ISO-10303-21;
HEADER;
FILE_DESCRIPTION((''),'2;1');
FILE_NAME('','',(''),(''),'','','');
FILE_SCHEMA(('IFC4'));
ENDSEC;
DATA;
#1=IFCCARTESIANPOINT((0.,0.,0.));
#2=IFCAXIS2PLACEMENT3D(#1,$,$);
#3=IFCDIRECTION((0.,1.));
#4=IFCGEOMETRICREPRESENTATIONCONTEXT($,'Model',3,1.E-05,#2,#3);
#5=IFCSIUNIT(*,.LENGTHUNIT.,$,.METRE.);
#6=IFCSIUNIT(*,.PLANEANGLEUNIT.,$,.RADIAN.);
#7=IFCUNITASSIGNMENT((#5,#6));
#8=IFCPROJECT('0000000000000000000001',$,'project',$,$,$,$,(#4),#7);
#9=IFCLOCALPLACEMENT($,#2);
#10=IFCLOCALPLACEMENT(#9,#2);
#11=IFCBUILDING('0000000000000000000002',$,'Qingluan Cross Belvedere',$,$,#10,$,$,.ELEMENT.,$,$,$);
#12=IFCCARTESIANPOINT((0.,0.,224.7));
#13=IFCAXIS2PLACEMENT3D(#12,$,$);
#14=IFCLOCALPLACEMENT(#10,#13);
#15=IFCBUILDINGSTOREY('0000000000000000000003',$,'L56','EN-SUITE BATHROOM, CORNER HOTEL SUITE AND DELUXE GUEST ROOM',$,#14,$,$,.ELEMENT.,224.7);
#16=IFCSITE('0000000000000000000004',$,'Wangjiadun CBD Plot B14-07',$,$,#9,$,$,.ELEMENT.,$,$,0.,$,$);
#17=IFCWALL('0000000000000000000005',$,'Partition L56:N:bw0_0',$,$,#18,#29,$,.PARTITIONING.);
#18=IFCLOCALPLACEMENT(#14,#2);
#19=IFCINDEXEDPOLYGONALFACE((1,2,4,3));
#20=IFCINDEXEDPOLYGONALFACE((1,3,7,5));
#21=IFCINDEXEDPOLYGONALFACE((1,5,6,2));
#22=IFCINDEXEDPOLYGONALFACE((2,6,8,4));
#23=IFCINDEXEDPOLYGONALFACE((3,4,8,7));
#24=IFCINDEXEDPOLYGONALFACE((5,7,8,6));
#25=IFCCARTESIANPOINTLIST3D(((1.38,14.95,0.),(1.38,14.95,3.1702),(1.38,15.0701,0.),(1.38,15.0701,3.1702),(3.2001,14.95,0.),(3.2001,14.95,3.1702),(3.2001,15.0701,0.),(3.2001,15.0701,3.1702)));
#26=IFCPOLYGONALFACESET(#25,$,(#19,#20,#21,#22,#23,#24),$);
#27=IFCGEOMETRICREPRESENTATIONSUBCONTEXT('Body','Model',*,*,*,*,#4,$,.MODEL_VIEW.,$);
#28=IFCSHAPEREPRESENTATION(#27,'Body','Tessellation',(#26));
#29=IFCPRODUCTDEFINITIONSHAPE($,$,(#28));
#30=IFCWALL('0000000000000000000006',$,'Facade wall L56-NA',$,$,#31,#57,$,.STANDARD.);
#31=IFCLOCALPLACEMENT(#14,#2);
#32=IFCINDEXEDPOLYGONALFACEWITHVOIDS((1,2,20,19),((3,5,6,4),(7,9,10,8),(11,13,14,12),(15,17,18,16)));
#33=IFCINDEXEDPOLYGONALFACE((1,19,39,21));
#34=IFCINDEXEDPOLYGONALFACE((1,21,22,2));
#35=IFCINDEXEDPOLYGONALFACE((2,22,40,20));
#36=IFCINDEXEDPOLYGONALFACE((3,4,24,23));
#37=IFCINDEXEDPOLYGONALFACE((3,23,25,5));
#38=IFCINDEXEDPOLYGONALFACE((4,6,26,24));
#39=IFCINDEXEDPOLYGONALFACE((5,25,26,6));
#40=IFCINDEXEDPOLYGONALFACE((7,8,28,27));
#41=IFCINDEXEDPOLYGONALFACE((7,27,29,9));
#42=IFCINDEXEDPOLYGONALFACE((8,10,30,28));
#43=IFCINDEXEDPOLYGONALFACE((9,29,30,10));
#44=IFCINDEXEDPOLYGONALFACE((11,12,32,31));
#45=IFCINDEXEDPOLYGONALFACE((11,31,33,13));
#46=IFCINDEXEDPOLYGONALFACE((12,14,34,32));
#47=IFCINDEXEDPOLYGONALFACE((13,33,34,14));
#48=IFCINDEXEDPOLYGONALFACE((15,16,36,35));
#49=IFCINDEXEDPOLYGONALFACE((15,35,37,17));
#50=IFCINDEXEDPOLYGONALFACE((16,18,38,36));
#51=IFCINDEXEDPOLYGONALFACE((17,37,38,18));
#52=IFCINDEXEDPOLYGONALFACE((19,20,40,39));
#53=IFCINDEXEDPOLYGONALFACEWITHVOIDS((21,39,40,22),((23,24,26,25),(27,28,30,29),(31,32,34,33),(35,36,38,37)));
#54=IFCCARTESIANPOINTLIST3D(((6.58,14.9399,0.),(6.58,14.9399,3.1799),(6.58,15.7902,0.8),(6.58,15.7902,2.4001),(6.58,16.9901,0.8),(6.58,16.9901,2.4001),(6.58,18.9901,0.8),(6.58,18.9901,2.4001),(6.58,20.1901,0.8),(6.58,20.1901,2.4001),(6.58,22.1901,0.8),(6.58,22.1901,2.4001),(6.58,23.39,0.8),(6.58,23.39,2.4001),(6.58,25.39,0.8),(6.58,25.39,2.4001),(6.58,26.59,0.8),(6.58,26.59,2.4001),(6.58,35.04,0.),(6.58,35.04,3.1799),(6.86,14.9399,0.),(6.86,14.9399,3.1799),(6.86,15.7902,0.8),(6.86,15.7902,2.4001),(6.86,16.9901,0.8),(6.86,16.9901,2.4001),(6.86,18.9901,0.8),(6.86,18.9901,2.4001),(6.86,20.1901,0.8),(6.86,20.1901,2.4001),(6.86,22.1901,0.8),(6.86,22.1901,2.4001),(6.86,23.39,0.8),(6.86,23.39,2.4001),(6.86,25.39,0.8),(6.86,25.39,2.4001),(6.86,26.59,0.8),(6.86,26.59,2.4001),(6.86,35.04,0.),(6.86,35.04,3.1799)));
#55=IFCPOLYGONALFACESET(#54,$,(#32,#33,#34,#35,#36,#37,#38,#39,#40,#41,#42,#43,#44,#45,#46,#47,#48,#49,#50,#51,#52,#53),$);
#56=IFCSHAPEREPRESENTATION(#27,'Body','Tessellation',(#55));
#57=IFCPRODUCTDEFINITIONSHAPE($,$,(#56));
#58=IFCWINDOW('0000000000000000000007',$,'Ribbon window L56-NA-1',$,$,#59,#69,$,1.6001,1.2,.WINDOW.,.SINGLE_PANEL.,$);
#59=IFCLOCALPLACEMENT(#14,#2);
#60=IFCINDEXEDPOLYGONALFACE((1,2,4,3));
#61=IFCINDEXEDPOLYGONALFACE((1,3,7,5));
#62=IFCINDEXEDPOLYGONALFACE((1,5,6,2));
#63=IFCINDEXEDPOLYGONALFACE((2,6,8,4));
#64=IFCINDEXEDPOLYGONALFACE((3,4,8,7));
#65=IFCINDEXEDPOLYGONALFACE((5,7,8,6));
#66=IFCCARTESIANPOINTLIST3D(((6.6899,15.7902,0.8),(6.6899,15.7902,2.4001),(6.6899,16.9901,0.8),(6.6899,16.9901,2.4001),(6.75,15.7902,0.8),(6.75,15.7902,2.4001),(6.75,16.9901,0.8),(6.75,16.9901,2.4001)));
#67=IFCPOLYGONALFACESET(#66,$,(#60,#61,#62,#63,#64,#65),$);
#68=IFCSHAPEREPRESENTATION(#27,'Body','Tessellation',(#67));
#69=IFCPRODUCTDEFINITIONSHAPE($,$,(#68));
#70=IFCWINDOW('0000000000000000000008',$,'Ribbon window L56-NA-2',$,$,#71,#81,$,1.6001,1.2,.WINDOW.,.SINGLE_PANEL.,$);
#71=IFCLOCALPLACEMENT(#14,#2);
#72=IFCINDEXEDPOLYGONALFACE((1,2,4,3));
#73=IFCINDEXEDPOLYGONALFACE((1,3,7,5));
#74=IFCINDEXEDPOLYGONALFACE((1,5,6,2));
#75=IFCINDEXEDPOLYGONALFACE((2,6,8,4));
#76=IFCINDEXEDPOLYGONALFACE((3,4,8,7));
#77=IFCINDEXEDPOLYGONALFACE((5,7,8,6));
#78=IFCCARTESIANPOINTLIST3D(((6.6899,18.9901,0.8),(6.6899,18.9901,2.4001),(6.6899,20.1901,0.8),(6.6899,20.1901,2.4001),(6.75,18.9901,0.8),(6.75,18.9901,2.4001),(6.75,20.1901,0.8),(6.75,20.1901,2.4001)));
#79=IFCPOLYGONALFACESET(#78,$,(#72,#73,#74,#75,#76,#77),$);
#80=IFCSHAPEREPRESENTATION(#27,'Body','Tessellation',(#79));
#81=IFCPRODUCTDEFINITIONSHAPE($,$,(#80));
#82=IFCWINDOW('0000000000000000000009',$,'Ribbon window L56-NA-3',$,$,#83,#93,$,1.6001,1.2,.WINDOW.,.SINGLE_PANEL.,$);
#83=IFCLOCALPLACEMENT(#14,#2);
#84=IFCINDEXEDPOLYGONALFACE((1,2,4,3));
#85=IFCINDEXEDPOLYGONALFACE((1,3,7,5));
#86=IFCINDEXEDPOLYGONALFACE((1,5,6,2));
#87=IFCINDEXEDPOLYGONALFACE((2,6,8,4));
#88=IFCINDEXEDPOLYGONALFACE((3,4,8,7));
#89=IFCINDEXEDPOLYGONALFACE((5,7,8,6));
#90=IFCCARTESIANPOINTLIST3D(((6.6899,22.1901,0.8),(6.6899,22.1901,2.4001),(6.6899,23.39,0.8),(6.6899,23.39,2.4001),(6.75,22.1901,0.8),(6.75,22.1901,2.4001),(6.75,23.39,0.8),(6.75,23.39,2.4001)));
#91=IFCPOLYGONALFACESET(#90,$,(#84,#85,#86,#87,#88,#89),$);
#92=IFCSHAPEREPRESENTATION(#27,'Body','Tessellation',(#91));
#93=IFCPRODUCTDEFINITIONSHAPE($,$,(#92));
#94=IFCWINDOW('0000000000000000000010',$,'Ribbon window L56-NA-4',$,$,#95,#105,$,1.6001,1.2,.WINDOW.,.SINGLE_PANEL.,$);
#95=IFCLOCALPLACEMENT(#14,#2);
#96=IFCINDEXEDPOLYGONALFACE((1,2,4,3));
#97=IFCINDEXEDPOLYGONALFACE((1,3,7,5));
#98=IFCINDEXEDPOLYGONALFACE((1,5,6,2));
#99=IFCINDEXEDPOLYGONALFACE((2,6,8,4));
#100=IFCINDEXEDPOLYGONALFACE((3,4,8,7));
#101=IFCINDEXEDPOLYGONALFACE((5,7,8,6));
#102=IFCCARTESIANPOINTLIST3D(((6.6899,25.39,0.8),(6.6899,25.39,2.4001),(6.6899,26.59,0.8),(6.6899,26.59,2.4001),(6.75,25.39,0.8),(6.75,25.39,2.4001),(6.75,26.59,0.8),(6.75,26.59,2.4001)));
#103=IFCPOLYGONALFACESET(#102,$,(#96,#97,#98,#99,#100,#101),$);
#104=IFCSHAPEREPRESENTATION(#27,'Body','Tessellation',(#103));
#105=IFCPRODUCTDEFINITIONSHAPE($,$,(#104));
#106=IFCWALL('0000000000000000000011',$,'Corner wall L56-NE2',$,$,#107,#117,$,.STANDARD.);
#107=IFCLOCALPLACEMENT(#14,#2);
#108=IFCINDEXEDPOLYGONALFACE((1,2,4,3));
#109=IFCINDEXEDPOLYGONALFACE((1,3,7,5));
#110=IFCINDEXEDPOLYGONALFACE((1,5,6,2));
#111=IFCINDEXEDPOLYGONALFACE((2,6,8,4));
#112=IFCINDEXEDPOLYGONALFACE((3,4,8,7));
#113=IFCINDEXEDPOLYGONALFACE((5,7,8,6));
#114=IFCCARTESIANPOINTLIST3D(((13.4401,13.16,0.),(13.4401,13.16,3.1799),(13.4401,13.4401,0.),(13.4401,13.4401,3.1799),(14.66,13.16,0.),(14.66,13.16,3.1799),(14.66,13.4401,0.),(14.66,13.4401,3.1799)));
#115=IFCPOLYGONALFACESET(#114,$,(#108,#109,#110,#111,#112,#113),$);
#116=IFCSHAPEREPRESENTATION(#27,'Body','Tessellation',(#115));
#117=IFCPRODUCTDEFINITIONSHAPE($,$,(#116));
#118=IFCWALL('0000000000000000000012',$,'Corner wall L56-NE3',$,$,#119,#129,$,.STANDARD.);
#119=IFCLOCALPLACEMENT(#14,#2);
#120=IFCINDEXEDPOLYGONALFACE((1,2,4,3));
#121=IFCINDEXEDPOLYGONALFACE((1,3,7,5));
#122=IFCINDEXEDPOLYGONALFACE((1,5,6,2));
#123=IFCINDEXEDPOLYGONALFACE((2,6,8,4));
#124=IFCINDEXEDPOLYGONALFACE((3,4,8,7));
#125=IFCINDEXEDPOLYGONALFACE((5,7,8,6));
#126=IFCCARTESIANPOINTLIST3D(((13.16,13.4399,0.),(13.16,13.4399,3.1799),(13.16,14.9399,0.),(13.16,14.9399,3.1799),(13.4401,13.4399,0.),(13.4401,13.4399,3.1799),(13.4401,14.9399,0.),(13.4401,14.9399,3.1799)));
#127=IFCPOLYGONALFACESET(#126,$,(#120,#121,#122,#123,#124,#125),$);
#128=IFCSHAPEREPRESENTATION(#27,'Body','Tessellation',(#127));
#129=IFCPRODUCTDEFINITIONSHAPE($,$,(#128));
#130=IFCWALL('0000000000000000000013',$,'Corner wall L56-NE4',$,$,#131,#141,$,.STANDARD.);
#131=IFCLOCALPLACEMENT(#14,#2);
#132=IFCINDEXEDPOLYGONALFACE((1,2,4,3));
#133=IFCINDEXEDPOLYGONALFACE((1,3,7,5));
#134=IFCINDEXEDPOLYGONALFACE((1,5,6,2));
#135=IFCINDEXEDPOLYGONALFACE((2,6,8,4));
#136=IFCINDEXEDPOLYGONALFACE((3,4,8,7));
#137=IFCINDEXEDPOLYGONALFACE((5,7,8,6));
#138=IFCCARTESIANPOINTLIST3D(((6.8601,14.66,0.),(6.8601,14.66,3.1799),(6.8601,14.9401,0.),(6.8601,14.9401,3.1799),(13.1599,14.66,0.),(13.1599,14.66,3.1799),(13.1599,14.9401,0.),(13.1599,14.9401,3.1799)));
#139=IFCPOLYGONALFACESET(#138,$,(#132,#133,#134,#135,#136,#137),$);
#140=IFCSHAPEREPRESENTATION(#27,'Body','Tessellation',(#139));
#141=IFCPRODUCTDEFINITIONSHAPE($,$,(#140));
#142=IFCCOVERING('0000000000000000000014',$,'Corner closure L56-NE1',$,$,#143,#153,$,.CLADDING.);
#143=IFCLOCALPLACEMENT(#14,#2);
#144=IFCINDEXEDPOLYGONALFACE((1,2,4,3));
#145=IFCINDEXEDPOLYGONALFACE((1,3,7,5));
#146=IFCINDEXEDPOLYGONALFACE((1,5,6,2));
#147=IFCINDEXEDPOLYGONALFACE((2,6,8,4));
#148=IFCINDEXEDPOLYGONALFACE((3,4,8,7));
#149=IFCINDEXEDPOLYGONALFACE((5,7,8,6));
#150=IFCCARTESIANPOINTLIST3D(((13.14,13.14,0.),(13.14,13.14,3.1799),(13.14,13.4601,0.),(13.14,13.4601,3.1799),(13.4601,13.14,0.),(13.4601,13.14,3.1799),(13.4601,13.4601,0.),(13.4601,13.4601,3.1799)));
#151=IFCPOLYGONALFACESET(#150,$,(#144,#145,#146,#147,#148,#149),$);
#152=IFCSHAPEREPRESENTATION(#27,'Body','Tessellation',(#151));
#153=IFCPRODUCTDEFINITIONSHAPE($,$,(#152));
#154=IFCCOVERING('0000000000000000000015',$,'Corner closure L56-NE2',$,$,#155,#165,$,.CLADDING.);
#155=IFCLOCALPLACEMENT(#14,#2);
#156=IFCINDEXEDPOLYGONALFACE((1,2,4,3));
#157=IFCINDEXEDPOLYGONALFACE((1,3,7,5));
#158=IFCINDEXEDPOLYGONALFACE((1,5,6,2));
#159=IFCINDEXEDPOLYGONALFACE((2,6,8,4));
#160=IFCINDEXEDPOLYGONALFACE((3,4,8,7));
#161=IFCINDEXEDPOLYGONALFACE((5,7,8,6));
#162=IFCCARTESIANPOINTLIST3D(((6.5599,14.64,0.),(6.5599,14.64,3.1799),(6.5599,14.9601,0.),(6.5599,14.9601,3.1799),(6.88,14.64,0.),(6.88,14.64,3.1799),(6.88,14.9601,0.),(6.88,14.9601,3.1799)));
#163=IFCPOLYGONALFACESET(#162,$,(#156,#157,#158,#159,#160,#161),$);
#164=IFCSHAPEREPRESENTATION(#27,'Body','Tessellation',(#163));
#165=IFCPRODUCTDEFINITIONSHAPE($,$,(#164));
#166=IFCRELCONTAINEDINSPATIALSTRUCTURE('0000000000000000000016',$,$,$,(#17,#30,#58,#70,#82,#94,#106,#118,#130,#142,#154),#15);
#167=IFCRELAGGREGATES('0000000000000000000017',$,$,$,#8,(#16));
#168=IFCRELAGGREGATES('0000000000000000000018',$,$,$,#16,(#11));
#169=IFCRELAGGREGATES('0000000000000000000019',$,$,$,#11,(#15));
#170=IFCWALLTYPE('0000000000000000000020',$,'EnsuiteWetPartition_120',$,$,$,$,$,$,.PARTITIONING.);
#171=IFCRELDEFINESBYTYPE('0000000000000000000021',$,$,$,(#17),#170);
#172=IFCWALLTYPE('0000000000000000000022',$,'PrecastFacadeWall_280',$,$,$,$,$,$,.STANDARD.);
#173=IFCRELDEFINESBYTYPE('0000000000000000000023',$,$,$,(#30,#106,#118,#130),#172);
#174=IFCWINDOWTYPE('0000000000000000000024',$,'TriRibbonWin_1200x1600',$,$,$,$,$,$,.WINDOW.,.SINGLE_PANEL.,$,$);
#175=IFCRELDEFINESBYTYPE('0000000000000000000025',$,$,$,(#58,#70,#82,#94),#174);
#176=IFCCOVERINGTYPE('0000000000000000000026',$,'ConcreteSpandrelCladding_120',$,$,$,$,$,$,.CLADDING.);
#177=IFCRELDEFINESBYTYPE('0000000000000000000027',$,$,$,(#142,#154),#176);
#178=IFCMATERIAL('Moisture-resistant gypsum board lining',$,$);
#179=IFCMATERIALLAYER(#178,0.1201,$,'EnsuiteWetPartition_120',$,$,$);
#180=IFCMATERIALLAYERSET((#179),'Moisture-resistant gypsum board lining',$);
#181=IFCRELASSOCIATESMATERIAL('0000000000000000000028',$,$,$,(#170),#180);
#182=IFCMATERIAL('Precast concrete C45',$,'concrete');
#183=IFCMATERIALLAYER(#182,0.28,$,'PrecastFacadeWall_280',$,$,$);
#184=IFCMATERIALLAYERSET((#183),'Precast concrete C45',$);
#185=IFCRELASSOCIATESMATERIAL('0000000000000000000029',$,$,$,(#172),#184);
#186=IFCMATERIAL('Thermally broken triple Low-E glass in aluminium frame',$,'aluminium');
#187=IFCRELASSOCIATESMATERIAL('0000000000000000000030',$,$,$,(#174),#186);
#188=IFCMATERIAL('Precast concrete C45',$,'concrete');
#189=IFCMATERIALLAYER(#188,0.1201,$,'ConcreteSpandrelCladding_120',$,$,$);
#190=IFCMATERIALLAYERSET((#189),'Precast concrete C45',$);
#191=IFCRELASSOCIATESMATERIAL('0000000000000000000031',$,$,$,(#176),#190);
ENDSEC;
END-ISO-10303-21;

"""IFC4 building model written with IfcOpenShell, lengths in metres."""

from ifc_helpers import new_model, si_unit, direction, frame, frame_2d, origin, origin_2d, place, context, subcontext, project, spatial, rectangle, extrude, material, layer, layer_set, type_object, element, fill, save


model = new_model("IFC4")

# Units and contexts
model_context = context("Model", 3, precision=1e-05, world=origin(), true_north=direction((0.0, 1.0)))
body_context = subcontext(model_context, "Body", "Model", "MODEL_VIEW")
ifc_project = project(units=[si_unit("LENGTHUNIT", "METRE"), si_unit("PLANEANGLEUNIT", "RADIAN")], contexts=[model_context])

# Site, building, storey
site_placement = place(None, origin())
site = spatial("IfcSite", under=ifc_project, at=site_placement, Name="Wangjiadun CBD Plot B14-07", CompositionType="ELEMENT", RefElevation=0.0)
building_placement = place(site_placement, origin())
building = spatial("IfcBuilding", under=site, at=building_placement, Name="Qingluan Cross Belvedere", CompositionType="ELEMENT")
storey_placement = place(building_placement, frame((0.0, 0.0, 224.7)))
storey = spatial("IfcBuildingStorey", under=building, at=storey_placement, Name="L56", Description="EN-SUITE BATHROOM, CORNER HOTEL SUITE AND DELUXE GUEST ROOM", CompositionType="ELEMENT", Elevation=224.7)

# Wall
ifc_material_1 = material(Name="Moisture-resistant gypsum board lining")
ifc_layer_1 = layer(ifc_material_1, 0.1201, Name="EnsuiteWetPartition_120")
ifc_layer_set_1 = layer_set([ifc_layer_1], Name="Moisture-resistant gypsum board lining")
wall_type_1 = type_object("IfcWallType", Name="EnsuiteWetPartition_120", PredefinedType="PARTITIONING", material=ifc_layer_set_1)
wall_1_placement = place(storey_placement, frame((1.3799, 15.01, 0.0), z_axis=(0.0, 0.0, 1.0), x_axis=(1.0, 0.0, 0.0)))
element("IfcWall", 1, at=wall_1_placement, inside=storey, type_object=wall_type_1, Name="Partition L56:N:bw0_0", PredefinedType="PARTITIONING", context=body_context, shape_type="SweptSolid", body=[
    extrude(rectangle(XDim=1.8201, YDim=0.1201, at=frame_2d((0.9102, 0.0))), origin(), (0.0, 0.0, 1.0), 3.1702),
])

# Wall, openings, windows
ifc_material_2 = material(Name="Precast concrete C45", Category="concrete")
ifc_layer_2 = layer(ifc_material_2, 0.28, Name="PrecastFacadeWall_280")
ifc_layer_set_2 = layer_set([ifc_layer_2], Name="Precast concrete C45")
wall_type_2 = type_object("IfcWallType", Name="PrecastFacadeWall_280", PredefinedType="STANDARD", material=ifc_layer_set_2)
wall_2_placement = place(storey_placement, frame((6.72, 14.9399, 0.0), z_axis=(0.0, 0.0, 1.0), x_axis=(0.0, 1.0, 0.0)))
wall_2 = element("IfcWall", 2, at=wall_2_placement, inside=storey, type_object=wall_type_2, Name="Facade wall L56-NA", PredefinedType="STANDARD", context=body_context, shape_type="SweptSolid", body=[
    extrude(rectangle(XDim=20.1001, YDim=0.28, at=frame_2d((10.05, 0.0))), origin(), (0.0, 0.0, 1.0), 3.1799),
])
opening_1_placement = place(wall_2_placement, frame((0.8501, 0.0, 0.8)))
opening_1 = element("IfcOpeningElement", 3, at=opening_1_placement, cuts=wall_2, PredefinedType="OPENING", context=body_context, shape_type="SweptSolid", body=[
    extrude(rectangle(XDim=1.2, YDim=1.6001, at=frame_2d((0.6001, 0.8))), frame((0.0, 0.1499, 0.0), z_axis=(0.0, -1.0, 0.0), x_axis=(1.0, 0.0, 0.0)), (0.0, 0.0, 1.0), 0.3),
])
opening_2_placement = place(wall_2_placement, frame((4.05, 0.0, 0.8)))
opening_2 = element("IfcOpeningElement", 4, at=opening_2_placement, cuts=wall_2, PredefinedType="OPENING", context=body_context, shape_type="SweptSolid", body=[
    extrude(rectangle(XDim=1.2, YDim=1.6001, at=frame_2d((0.6001, 0.8))), frame((0.0, 0.1499, 0.0), z_axis=(0.0, -1.0, 0.0), x_axis=(1.0, 0.0, 0.0)), (0.0, 0.0, 1.0), 0.3),
])
opening_3_placement = place(wall_2_placement, frame((7.25, 0.0, 0.8)))
opening_3 = element("IfcOpeningElement", 5, at=opening_3_placement, cuts=wall_2, PredefinedType="OPENING", context=body_context, shape_type="SweptSolid", body=[
    extrude(rectangle(XDim=1.2, YDim=1.6001, at=frame_2d((0.6001, 0.8))), frame((0.0, 0.1499, 0.0), z_axis=(0.0, -1.0, 0.0), x_axis=(1.0, 0.0, 0.0)), (0.0, 0.0, 1.0), 0.3),
])
opening_4_placement = place(wall_2_placement, frame((10.45, 0.0, 0.8)))
opening_4 = element("IfcOpeningElement", 6, at=opening_4_placement, cuts=wall_2, PredefinedType="OPENING", context=body_context, shape_type="SweptSolid", body=[
    extrude(rectangle(XDim=1.2, YDim=1.6001, at=frame_2d((0.6001, 0.8))), frame((0.0, 0.1499, 0.0), z_axis=(0.0, -1.0, 0.0), x_axis=(1.0, 0.0, 0.0)), (0.0, 0.0, 1.0), 0.3),
])
ifc_material_3 = material(Name="Thermally broken triple Low-E glass in aluminium frame", Category="aluminium")
window_type = type_object("IfcWindowType", Name="TriRibbonWin_1200x1600", PartitioningType="SINGLE_PANEL", PredefinedType="WINDOW", material=ifc_material_3)
window_1_placement = place(opening_1_placement, origin())
window_1 = element("IfcWindow", 7, at=window_1_placement, inside=storey, type_object=window_type, Name="Ribbon window L56-NA-1", OverallHeight=1.6001, OverallWidth=1.2, PartitioningType="SINGLE_PANEL", PredefinedType="WINDOW", context=body_context, shape_type="SweptSolid", body=[
    extrude(rectangle(XDim=1.2, YDim=1.6001, at=frame_2d((0.6001, 0.8))), frame((0.0, 0.03, 0.0), z_axis=(0.0, -1.0, 0.0), x_axis=(1.0, 0.0, 0.0)), (0.0, 0.0, 1.0), 0.0601),
])
fill(opening_1, window_1)
window_2_placement = place(opening_2_placement, origin())
window_2 = element("IfcWindow", 8, at=window_2_placement, inside=storey, type_object=window_type, Name="Ribbon window L56-NA-2", OverallHeight=1.6001, OverallWidth=1.2, PartitioningType="SINGLE_PANEL", PredefinedType="WINDOW", context=body_context, shape_type="SweptSolid", body=[
    extrude(rectangle(XDim=1.2, YDim=1.6001, at=frame_2d((0.6001, 0.8))), frame((0.0, 0.03, 0.0), z_axis=(0.0, -1.0, 0.0), x_axis=(1.0, 0.0, 0.0)), (0.0, 0.0, 1.0), 0.0601),
])
fill(opening_2, window_2)
window_3_placement = place(opening_3_placement, origin())
window_3 = element("IfcWindow", 9, at=window_3_placement, inside=storey, type_object=window_type, Name="Ribbon window L56-NA-3", OverallHeight=1.6001, OverallWidth=1.2, PartitioningType="SINGLE_PANEL", PredefinedType="WINDOW", context=body_context, shape_type="SweptSolid", body=[
    extrude(rectangle(XDim=1.2, YDim=1.6001, at=frame_2d((0.6001, 0.8))), frame((0.0, 0.03, 0.0), z_axis=(0.0, -1.0, 0.0), x_axis=(1.0, 0.0, 0.0)), (0.0, 0.0, 1.0), 0.0601),
])
fill(opening_3, window_3)
window_4_placement = place(opening_4_placement, origin())
window_4 = element("IfcWindow", 10, at=window_4_placement, inside=storey, type_object=window_type, Name="Ribbon window L56-NA-4", OverallHeight=1.6001, OverallWidth=1.2, PartitioningType="SINGLE_PANEL", PredefinedType="WINDOW", context=body_context, shape_type="SweptSolid", body=[
    extrude(rectangle(XDim=1.2, YDim=1.6001, at=frame_2d((0.6001, 0.8))), frame((0.0, 0.03, 0.0), z_axis=(0.0, -1.0, 0.0), x_axis=(1.0, 0.0, 0.0)), (0.0, 0.0, 1.0), 0.0601),
])
fill(opening_4, window_4)

# Walls
wall_3_placement = place(storey_placement, frame((14.6599, 13.3, 0.0), z_axis=(0.0, 0.0, 1.0), x_axis=(-1.0, 0.0, 0.0)))
element("IfcWall", 11, at=wall_3_placement, inside=storey, type_object=wall_type_2, Name="Corner wall L56-NE2", PredefinedType="STANDARD", context=body_context, shape_type="SweptSolid", body=[
    extrude(rectangle(XDim=1.22, YDim=0.28, at=frame_2d((0.6099, 0.0))), origin(), (0.0, 0.0, 1.0), 3.1799),
])
wall_4_placement = place(storey_placement, frame((13.3, 13.4399, 0.0), z_axis=(0.0, 0.0, 1.0), x_axis=(0.0, 1.0, 0.0)))
element("IfcWall", 12, at=wall_4_placement, inside=storey, type_object=wall_type_2, Name="Corner wall L56-NE3", PredefinedType="STANDARD", context=body_context, shape_type="SweptSolid", body=[
    extrude(rectangle(XDim=1.5, YDim=0.28, at=frame_2d((0.75, 0.0))), origin(), (0.0, 0.0, 1.0), 3.1799),
])
wall_5_placement = place(storey_placement, frame((13.1599, 14.8, 0.0), z_axis=(0.0, 0.0, 1.0), x_axis=(-1.0, 0.0, 0.0)))
element("IfcWall", 13, at=wall_5_placement, inside=storey, type_object=wall_type_2, Name="Corner wall L56-NE4", PredefinedType="STANDARD", context=body_context, shape_type="SweptSolid", body=[
    extrude(rectangle(XDim=6.2998, YDim=0.28, at=frame_2d((3.1499, 0.0))), origin(), (0.0, 0.0, 1.0), 3.1799),
])

# Coverings
ifc_material_4 = material(Name="Precast concrete C45", Category="concrete")
ifc_layer_3 = layer(ifc_material_4, 0.1201, Name="ConcreteSpandrelCladding_120")
ifc_layer_set_3 = layer_set([ifc_layer_3], Name="Precast concrete C45")
covering_type = type_object("IfcCoveringType", Name="ConcreteSpandrelCladding_120", PredefinedType="CLADDING", material=ifc_layer_set_3)
for number, where, z_axis, x_axis, name in (
    (14, (13.3, 13.3, 0.0), (0.0, 0.0, 1.0), (1.0, 0.0, 0.0), "Corner closure L56-NE1"),
    (15, (6.72, 14.8, 0.0), (0.0, 0.0, 1.0), (1.0, 0.0, 0.0), "Corner closure L56-NE2"),
):
    element("IfcCovering", number, at=place(storey_placement, frame(where, z_axis=z_axis, x_axis=x_axis)), inside=storey, type_object=covering_type, Name=name, PredefinedType="CLADDING", context=body_context, shape_type="SweptSolid", body=[
        extrude(rectangle(XDim=0.3201, YDim=0.3201, at=origin_2d()), origin(), (0.0, 0.0, 1.0), 3.1799),
    ])

save(model, "model.ifc")
